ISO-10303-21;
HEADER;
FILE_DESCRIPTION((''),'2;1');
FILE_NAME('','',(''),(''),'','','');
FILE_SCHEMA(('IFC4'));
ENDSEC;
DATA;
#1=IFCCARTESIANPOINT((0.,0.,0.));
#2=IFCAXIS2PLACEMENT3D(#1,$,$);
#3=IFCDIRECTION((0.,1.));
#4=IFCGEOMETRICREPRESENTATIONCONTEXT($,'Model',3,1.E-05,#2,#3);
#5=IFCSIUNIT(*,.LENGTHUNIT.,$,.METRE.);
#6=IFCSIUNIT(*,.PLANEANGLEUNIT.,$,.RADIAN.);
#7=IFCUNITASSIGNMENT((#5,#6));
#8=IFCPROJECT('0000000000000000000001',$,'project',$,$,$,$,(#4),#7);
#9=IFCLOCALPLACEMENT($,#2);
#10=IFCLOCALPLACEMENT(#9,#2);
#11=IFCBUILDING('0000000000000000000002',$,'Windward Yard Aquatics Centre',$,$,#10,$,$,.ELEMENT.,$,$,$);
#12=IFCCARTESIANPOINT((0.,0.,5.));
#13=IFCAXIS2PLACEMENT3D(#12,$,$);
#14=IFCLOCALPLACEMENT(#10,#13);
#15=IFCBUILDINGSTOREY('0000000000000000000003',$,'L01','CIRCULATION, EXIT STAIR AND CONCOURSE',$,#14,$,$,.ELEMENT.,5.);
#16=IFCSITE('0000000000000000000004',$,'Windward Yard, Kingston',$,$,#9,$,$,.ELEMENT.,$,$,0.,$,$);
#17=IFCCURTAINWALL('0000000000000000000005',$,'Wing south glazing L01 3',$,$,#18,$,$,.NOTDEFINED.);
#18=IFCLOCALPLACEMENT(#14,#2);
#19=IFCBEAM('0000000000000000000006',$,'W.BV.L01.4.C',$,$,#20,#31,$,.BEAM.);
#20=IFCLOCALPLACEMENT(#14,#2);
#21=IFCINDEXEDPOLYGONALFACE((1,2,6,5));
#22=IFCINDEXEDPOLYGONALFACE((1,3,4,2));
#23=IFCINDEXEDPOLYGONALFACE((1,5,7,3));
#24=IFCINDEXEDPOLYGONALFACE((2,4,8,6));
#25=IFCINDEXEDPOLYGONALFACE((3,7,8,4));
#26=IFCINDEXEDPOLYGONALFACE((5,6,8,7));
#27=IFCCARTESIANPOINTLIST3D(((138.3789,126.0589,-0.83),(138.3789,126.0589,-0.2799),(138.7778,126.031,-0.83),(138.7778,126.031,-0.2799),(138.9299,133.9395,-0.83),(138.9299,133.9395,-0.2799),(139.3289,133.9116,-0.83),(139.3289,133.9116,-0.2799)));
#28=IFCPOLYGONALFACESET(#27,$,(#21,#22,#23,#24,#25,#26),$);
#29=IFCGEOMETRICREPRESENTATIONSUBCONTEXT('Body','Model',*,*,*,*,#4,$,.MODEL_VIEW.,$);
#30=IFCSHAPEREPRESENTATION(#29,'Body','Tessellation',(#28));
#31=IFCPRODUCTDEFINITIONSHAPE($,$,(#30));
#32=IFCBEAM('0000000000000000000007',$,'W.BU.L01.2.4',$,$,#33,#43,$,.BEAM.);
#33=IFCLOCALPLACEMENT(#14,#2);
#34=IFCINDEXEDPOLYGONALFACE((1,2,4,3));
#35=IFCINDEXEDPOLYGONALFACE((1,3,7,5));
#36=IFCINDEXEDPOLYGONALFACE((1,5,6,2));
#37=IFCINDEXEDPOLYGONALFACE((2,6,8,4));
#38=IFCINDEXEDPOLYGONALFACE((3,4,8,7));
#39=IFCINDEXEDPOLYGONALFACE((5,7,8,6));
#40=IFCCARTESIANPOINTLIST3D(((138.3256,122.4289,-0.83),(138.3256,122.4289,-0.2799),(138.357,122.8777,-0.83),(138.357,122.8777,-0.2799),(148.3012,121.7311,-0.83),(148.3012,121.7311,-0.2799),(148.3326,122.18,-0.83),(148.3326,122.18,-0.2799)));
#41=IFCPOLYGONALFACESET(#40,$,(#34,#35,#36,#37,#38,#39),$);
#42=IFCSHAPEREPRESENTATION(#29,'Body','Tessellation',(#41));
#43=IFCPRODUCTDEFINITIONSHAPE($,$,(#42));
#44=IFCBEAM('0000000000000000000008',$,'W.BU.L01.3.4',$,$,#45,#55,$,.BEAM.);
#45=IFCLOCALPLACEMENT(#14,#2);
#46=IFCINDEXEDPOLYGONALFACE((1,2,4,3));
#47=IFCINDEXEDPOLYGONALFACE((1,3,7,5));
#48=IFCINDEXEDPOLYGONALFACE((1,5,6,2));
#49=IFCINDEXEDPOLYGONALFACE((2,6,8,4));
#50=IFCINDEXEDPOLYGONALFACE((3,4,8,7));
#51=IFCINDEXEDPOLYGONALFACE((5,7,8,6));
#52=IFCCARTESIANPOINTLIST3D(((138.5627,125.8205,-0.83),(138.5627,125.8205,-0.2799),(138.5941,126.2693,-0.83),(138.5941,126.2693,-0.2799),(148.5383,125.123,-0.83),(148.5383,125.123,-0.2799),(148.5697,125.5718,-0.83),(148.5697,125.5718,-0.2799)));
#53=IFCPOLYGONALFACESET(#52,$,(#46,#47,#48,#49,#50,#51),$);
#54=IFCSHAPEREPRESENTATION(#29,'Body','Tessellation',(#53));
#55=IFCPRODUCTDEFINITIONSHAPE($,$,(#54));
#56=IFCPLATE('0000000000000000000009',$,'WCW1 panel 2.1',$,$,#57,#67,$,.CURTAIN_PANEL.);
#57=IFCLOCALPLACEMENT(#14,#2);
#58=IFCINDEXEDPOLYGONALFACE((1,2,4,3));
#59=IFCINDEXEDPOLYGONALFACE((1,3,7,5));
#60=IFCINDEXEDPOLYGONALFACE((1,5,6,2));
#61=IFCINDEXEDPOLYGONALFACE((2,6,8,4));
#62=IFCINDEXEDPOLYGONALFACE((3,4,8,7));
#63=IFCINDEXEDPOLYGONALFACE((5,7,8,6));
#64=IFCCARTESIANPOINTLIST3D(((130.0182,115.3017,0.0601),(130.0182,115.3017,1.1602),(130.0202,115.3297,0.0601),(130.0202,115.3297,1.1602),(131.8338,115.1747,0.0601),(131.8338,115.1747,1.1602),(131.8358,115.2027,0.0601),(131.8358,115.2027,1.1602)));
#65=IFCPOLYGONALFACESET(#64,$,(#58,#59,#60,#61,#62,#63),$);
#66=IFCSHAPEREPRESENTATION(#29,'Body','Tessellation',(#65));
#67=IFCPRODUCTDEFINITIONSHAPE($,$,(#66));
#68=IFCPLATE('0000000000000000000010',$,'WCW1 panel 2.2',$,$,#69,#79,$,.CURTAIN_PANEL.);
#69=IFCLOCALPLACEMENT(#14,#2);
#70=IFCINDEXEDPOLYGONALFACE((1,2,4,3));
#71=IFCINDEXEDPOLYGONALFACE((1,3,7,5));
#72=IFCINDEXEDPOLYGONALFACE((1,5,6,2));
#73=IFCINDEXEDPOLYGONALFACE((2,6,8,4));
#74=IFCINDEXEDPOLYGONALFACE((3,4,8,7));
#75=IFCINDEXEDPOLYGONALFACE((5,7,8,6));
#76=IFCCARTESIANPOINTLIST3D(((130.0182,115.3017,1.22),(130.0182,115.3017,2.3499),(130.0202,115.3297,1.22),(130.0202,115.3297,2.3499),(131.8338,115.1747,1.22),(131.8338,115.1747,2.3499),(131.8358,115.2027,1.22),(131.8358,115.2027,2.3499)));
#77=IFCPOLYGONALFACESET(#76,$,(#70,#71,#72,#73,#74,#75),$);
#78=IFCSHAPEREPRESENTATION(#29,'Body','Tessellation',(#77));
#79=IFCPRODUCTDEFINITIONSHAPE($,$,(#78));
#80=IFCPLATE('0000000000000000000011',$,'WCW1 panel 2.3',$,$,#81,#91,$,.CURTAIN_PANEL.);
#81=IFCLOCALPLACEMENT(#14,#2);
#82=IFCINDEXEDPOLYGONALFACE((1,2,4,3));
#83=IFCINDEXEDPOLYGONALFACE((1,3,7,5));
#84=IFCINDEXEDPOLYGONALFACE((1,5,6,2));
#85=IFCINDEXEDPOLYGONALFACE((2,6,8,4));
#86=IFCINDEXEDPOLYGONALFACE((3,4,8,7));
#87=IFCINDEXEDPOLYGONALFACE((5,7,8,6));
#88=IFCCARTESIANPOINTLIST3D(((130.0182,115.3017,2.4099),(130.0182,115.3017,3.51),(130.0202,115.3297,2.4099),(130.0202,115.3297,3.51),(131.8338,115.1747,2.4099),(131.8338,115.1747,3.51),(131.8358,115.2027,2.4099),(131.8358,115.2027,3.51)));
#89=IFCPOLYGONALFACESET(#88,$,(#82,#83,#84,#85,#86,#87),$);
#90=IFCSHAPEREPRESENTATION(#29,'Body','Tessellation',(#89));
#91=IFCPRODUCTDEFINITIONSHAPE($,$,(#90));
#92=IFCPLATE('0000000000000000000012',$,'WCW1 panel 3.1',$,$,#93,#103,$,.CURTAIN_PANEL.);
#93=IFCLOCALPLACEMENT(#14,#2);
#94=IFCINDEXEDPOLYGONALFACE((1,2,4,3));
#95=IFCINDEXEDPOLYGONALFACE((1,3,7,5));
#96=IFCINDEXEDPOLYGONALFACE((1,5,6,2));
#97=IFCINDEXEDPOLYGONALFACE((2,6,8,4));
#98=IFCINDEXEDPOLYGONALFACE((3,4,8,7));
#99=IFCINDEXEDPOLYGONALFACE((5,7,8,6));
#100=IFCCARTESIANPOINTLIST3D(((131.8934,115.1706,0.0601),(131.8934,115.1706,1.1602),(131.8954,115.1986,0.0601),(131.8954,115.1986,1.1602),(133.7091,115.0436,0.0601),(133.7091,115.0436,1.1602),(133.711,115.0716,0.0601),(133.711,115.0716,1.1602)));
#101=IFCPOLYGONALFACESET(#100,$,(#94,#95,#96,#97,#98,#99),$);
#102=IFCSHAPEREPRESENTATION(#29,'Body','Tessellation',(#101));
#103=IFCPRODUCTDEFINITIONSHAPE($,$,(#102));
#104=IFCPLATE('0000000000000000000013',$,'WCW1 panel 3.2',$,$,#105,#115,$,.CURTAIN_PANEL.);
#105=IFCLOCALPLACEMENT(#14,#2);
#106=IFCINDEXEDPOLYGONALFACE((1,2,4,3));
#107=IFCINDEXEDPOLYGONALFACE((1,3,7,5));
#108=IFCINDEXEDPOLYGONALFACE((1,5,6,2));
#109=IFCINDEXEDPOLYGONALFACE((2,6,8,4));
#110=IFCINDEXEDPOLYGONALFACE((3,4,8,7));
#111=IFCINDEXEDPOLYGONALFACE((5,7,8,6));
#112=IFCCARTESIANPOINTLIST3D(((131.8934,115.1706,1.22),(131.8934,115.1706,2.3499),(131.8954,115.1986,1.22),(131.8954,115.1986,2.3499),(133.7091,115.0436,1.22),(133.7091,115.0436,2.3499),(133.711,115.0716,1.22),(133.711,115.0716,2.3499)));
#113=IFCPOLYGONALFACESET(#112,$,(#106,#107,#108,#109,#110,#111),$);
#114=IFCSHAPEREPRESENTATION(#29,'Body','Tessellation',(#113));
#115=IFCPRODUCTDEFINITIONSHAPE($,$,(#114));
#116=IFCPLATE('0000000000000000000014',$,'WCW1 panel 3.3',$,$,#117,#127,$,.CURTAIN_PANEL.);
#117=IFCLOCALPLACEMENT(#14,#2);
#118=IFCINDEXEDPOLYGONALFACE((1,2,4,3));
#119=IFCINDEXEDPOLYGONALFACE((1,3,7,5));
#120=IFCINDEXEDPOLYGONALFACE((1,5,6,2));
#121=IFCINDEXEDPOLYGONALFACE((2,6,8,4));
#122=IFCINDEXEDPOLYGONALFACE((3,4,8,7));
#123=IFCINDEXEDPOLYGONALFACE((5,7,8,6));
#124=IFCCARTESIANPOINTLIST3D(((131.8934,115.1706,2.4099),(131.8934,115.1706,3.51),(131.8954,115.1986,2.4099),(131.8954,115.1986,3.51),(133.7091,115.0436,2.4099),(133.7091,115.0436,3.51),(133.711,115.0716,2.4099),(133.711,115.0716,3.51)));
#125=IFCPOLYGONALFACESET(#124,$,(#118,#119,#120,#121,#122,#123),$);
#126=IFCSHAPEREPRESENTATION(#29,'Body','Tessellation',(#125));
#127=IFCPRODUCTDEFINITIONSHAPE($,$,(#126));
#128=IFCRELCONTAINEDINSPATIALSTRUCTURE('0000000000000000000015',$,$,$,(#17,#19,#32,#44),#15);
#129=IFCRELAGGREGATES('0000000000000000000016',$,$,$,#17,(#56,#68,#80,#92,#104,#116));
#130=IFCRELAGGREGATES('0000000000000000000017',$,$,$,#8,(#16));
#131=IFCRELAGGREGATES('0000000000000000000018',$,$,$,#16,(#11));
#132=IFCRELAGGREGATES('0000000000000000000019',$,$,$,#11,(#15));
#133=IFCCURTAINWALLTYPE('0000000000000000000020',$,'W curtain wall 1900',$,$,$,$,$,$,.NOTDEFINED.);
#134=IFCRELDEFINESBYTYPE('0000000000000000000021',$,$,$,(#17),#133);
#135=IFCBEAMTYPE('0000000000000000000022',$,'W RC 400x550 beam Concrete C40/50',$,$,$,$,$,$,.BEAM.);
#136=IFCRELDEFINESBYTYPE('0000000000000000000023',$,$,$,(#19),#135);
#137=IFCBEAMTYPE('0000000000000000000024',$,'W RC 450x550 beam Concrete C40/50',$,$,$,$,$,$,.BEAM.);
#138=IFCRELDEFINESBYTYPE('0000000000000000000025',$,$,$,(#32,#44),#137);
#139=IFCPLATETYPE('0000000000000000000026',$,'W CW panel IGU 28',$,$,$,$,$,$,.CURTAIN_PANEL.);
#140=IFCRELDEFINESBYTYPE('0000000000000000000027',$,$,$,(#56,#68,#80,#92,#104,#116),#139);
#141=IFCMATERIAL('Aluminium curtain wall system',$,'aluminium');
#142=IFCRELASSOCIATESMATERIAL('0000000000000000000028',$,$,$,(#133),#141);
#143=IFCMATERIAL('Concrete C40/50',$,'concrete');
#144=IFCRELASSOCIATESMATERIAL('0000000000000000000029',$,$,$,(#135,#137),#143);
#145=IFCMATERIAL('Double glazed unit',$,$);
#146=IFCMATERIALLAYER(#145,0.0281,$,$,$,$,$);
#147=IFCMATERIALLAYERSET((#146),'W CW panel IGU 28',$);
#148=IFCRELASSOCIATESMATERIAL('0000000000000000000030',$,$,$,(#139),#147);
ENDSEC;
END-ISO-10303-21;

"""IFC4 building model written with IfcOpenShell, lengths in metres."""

from ifc_helpers import new_model, si_unit, direction, frame, origin, origin_2d, place, context, subcontext, project, spatial, rectangle, extrude, material, layer, layer_set, material_profile, profile_set, type_object, element, aggregate, save


model = new_model("IFC4")

# Units and contexts
model_context = context("Model", 3, precision=1e-05, world=origin(), true_north=direction((0.0, 1.0)))
body_context = subcontext(model_context, "Body", "Model", "MODEL_VIEW")
ifc_project = project(units=[si_unit("LENGTHUNIT", "METRE"), si_unit("PLANEANGLEUNIT", "RADIAN")], contexts=[model_context])

# Site, building, storey
site_placement = place(None, origin())
site = spatial("IfcSite", under=ifc_project, at=site_placement, Name="Windward Yard, Kingston", CompositionType="ELEMENT", RefElevation=0.0)
building_placement = place(site_placement, origin())
building = spatial("IfcBuilding", under=site, at=building_placement, Name="Windward Yard Aquatics Centre", CompositionType="ELEMENT")
storey_placement = place(building_placement, frame((0.0, 0.0, 5.0)))
storey = spatial("IfcBuildingStorey", under=building, at=storey_placement, Name="L01", Description="CIRCULATION, EXIT STAIR AND CONCOURSE", CompositionType="ELEMENT", Elevation=5.0)

# Curtain wall
ifc_material_1 = material(Name="Aluminium curtain wall system", Category="aluminium")
curtain_wall_type = type_object("IfcCurtainWallType", Name="W curtain wall 1900", PredefinedType="NOTDEFINED", material=ifc_material_1)
curtain_wall_1_placement = place(storey_placement, origin())
curtain_wall_1 = element("IfcCurtainWall", 1, at=curtain_wall_1_placement, inside=storey, type_object=curtain_wall_type, Name="Wing south glazing L01 3", PredefinedType="NOTDEFINED")

# Beams
ifc_material_2 = material(Name="Concrete C40/50", Category="concrete")
ifc_material_profile_1 = material_profile(ifc_material_2, rectangle(XDim=0.3999, YDim=0.55, at=origin_2d()), Name="RC 400x550")
ifc_profile_set_1 = profile_set([ifc_material_profile_1], Name="Concrete C40/50")
beam_type_1 = type_object("IfcBeamType", Name="W RC 400x550 beam Concrete C40/50", PredefinedType="BEAM", material=ifc_profile_set_1)
beam_1_placement = place(storey_placement, frame((138.5784, 126.0449, -0.5549), z_axis=(0.069751, 0.997564, 0.0), x_axis=(-0.997564, 0.069751, 0.0)))
element("IfcBeam", 2, at=beam_1_placement, inside=storey, type_object=beam_type_1, Name="W.BV.L01.4.C", PredefinedType="BEAM", context=body_context, shape_type="SweptSolid", body=[
    extrude(rectangle(XDim=0.3999, YDim=0.55, at=origin_2d()), origin(), (0.0, 0.0, 1.0), 7.8999),
])
ifc_material_profile_2 = material_profile(ifc_material_2, rectangle(XDim=0.45, YDim=0.55, at=origin_2d()), Name="RC 450x550")
ifc_profile_set_2 = profile_set([ifc_material_profile_2], Name="Concrete C40/50")
beam_type_2 = type_object("IfcBeamType", Name="W RC 450x550 beam Concrete C40/50", PredefinedType="BEAM", material=ifc_profile_set_2)
for number, where, z_axis, x_axis, name in (
    (3, (138.3413, 122.6533, -0.5549), (0.997563, -0.069776, 0.0), (0.069776, 0.997563, 0.0), "W.BU.L01.2.4"),
    (4, (138.5784, 126.0449, -0.5549), (0.997564, -0.069751, 0.0), (0.069751, 0.997564, 0.0), "W.BU.L01.3.4"),
):
    element("IfcBeam", number, at=place(storey_placement, frame(where, z_axis=z_axis, x_axis=x_axis)), inside=storey, type_object=beam_type_2, Name=name, PredefinedType="BEAM", context=body_context, shape_type="SweptSolid", body=[
        extrude(rectangle(XDim=0.45, YDim=0.55, at=origin_2d()), origin(), (0.0, 0.0, 1.0), 10.0),
    ])

# Plates
ifc_material_3 = material(Name="Double glazed unit")
ifc_layer = layer(ifc_material_3, 0.0281)
ifc_layer_set = layer_set([ifc_layer], Name="W CW panel IGU 28")
plate_type = type_object("IfcPlateType", Name="W CW panel IGU 28", PredefinedType="CURTAIN_PANEL", material=ifc_layer_set)
plate_1_placement = place(storey_placement, frame((130.927, 115.2522, 0.0601), z_axis=(0.0, 0.0, 1.0), x_axis=(0.997564, -0.069755, 0.0)))
plate_1 = element("IfcPlate", 5, at=plate_1_placement, type_object=plate_type, Name="WCW1 panel 2.1", PredefinedType="CURTAIN_PANEL", context=body_context, shape_type="SweptSolid", body=[
    extrude(rectangle(XDim=1.8201, YDim=0.0281, at=origin_2d()), origin(), (0.0, 0.0, 1.0), 1.1001),
])
plate_2_placement = place(storey_placement, frame((130.927, 115.2522, 1.22), z_axis=(0.0, 0.0, 1.0), x_axis=(0.997564, -0.069755, 0.0)))
plate_2 = element("IfcPlate", 6, at=plate_2_placement, type_object=plate_type, Name="WCW1 panel 2.2", PredefinedType="CURTAIN_PANEL", context=body_context, shape_type="SweptSolid", body=[
    extrude(rectangle(XDim=1.8201, YDim=0.0281, at=origin_2d()), origin(), (0.0, 0.0, 1.0), 1.1299),
])
plate_3_placement = place(storey_placement, frame((130.927, 115.2522, 2.4099), z_axis=(0.0, 0.0, 1.0), x_axis=(0.997564, -0.069755, 0.0)))
plate_3 = element("IfcPlate", 7, at=plate_3_placement, type_object=plate_type, Name="WCW1 panel 2.3", PredefinedType="CURTAIN_PANEL", context=body_context, shape_type="SweptSolid", body=[
    extrude(rectangle(XDim=1.8201, YDim=0.0281, at=origin_2d()), origin(), (0.0, 0.0, 1.0), 1.1001),
])
plate_4_placement = place(storey_placement, frame((132.8022, 115.1211, 0.0601), z_axis=(0.0, 0.0, 1.0), x_axis=(0.997564, -0.069755, 0.0)))
plate_4 = element("IfcPlate", 8, at=plate_4_placement, type_object=plate_type, Name="WCW1 panel 3.1", PredefinedType="CURTAIN_PANEL", context=body_context, shape_type="SweptSolid", body=[
    extrude(rectangle(XDim=1.8201, YDim=0.0281, at=origin_2d()), origin(), (0.0, 0.0, 1.0), 1.1001),
])
plate_5_placement = place(storey_placement, frame((132.8022, 115.1211, 1.22), z_axis=(0.0, 0.0, 1.0), x_axis=(0.997564, -0.069755, 0.0)))
plate_5 = element("IfcPlate", 9, at=plate_5_placement, type_object=plate_type, Name="WCW1 panel 3.2", PredefinedType="CURTAIN_PANEL", context=body_context, shape_type="SweptSolid", body=[
    extrude(rectangle(XDim=1.8201, YDim=0.0281, at=origin_2d()), origin(), (0.0, 0.0, 1.0), 1.1299),
])
plate_6_placement = place(storey_placement, frame((132.8022, 115.1211, 2.4099), z_axis=(0.0, 0.0, 1.0), x_axis=(0.997564, -0.069755, 0.0)))
plate_6 = element("IfcPlate", 10, at=plate_6_placement, type_object=plate_type, Name="WCW1 panel 3.3", PredefinedType="CURTAIN_PANEL", context=body_context, shape_type="SweptSolid", body=[
    extrude(rectangle(XDim=1.8201, YDim=0.0281, at=origin_2d()), origin(), (0.0, 0.0, 1.0), 1.1001),
])
aggregate(curtain_wall_1, [plate_1, plate_2, plate_3, plate_4, plate_5, plate_6])

save(model, "model.ifc")
